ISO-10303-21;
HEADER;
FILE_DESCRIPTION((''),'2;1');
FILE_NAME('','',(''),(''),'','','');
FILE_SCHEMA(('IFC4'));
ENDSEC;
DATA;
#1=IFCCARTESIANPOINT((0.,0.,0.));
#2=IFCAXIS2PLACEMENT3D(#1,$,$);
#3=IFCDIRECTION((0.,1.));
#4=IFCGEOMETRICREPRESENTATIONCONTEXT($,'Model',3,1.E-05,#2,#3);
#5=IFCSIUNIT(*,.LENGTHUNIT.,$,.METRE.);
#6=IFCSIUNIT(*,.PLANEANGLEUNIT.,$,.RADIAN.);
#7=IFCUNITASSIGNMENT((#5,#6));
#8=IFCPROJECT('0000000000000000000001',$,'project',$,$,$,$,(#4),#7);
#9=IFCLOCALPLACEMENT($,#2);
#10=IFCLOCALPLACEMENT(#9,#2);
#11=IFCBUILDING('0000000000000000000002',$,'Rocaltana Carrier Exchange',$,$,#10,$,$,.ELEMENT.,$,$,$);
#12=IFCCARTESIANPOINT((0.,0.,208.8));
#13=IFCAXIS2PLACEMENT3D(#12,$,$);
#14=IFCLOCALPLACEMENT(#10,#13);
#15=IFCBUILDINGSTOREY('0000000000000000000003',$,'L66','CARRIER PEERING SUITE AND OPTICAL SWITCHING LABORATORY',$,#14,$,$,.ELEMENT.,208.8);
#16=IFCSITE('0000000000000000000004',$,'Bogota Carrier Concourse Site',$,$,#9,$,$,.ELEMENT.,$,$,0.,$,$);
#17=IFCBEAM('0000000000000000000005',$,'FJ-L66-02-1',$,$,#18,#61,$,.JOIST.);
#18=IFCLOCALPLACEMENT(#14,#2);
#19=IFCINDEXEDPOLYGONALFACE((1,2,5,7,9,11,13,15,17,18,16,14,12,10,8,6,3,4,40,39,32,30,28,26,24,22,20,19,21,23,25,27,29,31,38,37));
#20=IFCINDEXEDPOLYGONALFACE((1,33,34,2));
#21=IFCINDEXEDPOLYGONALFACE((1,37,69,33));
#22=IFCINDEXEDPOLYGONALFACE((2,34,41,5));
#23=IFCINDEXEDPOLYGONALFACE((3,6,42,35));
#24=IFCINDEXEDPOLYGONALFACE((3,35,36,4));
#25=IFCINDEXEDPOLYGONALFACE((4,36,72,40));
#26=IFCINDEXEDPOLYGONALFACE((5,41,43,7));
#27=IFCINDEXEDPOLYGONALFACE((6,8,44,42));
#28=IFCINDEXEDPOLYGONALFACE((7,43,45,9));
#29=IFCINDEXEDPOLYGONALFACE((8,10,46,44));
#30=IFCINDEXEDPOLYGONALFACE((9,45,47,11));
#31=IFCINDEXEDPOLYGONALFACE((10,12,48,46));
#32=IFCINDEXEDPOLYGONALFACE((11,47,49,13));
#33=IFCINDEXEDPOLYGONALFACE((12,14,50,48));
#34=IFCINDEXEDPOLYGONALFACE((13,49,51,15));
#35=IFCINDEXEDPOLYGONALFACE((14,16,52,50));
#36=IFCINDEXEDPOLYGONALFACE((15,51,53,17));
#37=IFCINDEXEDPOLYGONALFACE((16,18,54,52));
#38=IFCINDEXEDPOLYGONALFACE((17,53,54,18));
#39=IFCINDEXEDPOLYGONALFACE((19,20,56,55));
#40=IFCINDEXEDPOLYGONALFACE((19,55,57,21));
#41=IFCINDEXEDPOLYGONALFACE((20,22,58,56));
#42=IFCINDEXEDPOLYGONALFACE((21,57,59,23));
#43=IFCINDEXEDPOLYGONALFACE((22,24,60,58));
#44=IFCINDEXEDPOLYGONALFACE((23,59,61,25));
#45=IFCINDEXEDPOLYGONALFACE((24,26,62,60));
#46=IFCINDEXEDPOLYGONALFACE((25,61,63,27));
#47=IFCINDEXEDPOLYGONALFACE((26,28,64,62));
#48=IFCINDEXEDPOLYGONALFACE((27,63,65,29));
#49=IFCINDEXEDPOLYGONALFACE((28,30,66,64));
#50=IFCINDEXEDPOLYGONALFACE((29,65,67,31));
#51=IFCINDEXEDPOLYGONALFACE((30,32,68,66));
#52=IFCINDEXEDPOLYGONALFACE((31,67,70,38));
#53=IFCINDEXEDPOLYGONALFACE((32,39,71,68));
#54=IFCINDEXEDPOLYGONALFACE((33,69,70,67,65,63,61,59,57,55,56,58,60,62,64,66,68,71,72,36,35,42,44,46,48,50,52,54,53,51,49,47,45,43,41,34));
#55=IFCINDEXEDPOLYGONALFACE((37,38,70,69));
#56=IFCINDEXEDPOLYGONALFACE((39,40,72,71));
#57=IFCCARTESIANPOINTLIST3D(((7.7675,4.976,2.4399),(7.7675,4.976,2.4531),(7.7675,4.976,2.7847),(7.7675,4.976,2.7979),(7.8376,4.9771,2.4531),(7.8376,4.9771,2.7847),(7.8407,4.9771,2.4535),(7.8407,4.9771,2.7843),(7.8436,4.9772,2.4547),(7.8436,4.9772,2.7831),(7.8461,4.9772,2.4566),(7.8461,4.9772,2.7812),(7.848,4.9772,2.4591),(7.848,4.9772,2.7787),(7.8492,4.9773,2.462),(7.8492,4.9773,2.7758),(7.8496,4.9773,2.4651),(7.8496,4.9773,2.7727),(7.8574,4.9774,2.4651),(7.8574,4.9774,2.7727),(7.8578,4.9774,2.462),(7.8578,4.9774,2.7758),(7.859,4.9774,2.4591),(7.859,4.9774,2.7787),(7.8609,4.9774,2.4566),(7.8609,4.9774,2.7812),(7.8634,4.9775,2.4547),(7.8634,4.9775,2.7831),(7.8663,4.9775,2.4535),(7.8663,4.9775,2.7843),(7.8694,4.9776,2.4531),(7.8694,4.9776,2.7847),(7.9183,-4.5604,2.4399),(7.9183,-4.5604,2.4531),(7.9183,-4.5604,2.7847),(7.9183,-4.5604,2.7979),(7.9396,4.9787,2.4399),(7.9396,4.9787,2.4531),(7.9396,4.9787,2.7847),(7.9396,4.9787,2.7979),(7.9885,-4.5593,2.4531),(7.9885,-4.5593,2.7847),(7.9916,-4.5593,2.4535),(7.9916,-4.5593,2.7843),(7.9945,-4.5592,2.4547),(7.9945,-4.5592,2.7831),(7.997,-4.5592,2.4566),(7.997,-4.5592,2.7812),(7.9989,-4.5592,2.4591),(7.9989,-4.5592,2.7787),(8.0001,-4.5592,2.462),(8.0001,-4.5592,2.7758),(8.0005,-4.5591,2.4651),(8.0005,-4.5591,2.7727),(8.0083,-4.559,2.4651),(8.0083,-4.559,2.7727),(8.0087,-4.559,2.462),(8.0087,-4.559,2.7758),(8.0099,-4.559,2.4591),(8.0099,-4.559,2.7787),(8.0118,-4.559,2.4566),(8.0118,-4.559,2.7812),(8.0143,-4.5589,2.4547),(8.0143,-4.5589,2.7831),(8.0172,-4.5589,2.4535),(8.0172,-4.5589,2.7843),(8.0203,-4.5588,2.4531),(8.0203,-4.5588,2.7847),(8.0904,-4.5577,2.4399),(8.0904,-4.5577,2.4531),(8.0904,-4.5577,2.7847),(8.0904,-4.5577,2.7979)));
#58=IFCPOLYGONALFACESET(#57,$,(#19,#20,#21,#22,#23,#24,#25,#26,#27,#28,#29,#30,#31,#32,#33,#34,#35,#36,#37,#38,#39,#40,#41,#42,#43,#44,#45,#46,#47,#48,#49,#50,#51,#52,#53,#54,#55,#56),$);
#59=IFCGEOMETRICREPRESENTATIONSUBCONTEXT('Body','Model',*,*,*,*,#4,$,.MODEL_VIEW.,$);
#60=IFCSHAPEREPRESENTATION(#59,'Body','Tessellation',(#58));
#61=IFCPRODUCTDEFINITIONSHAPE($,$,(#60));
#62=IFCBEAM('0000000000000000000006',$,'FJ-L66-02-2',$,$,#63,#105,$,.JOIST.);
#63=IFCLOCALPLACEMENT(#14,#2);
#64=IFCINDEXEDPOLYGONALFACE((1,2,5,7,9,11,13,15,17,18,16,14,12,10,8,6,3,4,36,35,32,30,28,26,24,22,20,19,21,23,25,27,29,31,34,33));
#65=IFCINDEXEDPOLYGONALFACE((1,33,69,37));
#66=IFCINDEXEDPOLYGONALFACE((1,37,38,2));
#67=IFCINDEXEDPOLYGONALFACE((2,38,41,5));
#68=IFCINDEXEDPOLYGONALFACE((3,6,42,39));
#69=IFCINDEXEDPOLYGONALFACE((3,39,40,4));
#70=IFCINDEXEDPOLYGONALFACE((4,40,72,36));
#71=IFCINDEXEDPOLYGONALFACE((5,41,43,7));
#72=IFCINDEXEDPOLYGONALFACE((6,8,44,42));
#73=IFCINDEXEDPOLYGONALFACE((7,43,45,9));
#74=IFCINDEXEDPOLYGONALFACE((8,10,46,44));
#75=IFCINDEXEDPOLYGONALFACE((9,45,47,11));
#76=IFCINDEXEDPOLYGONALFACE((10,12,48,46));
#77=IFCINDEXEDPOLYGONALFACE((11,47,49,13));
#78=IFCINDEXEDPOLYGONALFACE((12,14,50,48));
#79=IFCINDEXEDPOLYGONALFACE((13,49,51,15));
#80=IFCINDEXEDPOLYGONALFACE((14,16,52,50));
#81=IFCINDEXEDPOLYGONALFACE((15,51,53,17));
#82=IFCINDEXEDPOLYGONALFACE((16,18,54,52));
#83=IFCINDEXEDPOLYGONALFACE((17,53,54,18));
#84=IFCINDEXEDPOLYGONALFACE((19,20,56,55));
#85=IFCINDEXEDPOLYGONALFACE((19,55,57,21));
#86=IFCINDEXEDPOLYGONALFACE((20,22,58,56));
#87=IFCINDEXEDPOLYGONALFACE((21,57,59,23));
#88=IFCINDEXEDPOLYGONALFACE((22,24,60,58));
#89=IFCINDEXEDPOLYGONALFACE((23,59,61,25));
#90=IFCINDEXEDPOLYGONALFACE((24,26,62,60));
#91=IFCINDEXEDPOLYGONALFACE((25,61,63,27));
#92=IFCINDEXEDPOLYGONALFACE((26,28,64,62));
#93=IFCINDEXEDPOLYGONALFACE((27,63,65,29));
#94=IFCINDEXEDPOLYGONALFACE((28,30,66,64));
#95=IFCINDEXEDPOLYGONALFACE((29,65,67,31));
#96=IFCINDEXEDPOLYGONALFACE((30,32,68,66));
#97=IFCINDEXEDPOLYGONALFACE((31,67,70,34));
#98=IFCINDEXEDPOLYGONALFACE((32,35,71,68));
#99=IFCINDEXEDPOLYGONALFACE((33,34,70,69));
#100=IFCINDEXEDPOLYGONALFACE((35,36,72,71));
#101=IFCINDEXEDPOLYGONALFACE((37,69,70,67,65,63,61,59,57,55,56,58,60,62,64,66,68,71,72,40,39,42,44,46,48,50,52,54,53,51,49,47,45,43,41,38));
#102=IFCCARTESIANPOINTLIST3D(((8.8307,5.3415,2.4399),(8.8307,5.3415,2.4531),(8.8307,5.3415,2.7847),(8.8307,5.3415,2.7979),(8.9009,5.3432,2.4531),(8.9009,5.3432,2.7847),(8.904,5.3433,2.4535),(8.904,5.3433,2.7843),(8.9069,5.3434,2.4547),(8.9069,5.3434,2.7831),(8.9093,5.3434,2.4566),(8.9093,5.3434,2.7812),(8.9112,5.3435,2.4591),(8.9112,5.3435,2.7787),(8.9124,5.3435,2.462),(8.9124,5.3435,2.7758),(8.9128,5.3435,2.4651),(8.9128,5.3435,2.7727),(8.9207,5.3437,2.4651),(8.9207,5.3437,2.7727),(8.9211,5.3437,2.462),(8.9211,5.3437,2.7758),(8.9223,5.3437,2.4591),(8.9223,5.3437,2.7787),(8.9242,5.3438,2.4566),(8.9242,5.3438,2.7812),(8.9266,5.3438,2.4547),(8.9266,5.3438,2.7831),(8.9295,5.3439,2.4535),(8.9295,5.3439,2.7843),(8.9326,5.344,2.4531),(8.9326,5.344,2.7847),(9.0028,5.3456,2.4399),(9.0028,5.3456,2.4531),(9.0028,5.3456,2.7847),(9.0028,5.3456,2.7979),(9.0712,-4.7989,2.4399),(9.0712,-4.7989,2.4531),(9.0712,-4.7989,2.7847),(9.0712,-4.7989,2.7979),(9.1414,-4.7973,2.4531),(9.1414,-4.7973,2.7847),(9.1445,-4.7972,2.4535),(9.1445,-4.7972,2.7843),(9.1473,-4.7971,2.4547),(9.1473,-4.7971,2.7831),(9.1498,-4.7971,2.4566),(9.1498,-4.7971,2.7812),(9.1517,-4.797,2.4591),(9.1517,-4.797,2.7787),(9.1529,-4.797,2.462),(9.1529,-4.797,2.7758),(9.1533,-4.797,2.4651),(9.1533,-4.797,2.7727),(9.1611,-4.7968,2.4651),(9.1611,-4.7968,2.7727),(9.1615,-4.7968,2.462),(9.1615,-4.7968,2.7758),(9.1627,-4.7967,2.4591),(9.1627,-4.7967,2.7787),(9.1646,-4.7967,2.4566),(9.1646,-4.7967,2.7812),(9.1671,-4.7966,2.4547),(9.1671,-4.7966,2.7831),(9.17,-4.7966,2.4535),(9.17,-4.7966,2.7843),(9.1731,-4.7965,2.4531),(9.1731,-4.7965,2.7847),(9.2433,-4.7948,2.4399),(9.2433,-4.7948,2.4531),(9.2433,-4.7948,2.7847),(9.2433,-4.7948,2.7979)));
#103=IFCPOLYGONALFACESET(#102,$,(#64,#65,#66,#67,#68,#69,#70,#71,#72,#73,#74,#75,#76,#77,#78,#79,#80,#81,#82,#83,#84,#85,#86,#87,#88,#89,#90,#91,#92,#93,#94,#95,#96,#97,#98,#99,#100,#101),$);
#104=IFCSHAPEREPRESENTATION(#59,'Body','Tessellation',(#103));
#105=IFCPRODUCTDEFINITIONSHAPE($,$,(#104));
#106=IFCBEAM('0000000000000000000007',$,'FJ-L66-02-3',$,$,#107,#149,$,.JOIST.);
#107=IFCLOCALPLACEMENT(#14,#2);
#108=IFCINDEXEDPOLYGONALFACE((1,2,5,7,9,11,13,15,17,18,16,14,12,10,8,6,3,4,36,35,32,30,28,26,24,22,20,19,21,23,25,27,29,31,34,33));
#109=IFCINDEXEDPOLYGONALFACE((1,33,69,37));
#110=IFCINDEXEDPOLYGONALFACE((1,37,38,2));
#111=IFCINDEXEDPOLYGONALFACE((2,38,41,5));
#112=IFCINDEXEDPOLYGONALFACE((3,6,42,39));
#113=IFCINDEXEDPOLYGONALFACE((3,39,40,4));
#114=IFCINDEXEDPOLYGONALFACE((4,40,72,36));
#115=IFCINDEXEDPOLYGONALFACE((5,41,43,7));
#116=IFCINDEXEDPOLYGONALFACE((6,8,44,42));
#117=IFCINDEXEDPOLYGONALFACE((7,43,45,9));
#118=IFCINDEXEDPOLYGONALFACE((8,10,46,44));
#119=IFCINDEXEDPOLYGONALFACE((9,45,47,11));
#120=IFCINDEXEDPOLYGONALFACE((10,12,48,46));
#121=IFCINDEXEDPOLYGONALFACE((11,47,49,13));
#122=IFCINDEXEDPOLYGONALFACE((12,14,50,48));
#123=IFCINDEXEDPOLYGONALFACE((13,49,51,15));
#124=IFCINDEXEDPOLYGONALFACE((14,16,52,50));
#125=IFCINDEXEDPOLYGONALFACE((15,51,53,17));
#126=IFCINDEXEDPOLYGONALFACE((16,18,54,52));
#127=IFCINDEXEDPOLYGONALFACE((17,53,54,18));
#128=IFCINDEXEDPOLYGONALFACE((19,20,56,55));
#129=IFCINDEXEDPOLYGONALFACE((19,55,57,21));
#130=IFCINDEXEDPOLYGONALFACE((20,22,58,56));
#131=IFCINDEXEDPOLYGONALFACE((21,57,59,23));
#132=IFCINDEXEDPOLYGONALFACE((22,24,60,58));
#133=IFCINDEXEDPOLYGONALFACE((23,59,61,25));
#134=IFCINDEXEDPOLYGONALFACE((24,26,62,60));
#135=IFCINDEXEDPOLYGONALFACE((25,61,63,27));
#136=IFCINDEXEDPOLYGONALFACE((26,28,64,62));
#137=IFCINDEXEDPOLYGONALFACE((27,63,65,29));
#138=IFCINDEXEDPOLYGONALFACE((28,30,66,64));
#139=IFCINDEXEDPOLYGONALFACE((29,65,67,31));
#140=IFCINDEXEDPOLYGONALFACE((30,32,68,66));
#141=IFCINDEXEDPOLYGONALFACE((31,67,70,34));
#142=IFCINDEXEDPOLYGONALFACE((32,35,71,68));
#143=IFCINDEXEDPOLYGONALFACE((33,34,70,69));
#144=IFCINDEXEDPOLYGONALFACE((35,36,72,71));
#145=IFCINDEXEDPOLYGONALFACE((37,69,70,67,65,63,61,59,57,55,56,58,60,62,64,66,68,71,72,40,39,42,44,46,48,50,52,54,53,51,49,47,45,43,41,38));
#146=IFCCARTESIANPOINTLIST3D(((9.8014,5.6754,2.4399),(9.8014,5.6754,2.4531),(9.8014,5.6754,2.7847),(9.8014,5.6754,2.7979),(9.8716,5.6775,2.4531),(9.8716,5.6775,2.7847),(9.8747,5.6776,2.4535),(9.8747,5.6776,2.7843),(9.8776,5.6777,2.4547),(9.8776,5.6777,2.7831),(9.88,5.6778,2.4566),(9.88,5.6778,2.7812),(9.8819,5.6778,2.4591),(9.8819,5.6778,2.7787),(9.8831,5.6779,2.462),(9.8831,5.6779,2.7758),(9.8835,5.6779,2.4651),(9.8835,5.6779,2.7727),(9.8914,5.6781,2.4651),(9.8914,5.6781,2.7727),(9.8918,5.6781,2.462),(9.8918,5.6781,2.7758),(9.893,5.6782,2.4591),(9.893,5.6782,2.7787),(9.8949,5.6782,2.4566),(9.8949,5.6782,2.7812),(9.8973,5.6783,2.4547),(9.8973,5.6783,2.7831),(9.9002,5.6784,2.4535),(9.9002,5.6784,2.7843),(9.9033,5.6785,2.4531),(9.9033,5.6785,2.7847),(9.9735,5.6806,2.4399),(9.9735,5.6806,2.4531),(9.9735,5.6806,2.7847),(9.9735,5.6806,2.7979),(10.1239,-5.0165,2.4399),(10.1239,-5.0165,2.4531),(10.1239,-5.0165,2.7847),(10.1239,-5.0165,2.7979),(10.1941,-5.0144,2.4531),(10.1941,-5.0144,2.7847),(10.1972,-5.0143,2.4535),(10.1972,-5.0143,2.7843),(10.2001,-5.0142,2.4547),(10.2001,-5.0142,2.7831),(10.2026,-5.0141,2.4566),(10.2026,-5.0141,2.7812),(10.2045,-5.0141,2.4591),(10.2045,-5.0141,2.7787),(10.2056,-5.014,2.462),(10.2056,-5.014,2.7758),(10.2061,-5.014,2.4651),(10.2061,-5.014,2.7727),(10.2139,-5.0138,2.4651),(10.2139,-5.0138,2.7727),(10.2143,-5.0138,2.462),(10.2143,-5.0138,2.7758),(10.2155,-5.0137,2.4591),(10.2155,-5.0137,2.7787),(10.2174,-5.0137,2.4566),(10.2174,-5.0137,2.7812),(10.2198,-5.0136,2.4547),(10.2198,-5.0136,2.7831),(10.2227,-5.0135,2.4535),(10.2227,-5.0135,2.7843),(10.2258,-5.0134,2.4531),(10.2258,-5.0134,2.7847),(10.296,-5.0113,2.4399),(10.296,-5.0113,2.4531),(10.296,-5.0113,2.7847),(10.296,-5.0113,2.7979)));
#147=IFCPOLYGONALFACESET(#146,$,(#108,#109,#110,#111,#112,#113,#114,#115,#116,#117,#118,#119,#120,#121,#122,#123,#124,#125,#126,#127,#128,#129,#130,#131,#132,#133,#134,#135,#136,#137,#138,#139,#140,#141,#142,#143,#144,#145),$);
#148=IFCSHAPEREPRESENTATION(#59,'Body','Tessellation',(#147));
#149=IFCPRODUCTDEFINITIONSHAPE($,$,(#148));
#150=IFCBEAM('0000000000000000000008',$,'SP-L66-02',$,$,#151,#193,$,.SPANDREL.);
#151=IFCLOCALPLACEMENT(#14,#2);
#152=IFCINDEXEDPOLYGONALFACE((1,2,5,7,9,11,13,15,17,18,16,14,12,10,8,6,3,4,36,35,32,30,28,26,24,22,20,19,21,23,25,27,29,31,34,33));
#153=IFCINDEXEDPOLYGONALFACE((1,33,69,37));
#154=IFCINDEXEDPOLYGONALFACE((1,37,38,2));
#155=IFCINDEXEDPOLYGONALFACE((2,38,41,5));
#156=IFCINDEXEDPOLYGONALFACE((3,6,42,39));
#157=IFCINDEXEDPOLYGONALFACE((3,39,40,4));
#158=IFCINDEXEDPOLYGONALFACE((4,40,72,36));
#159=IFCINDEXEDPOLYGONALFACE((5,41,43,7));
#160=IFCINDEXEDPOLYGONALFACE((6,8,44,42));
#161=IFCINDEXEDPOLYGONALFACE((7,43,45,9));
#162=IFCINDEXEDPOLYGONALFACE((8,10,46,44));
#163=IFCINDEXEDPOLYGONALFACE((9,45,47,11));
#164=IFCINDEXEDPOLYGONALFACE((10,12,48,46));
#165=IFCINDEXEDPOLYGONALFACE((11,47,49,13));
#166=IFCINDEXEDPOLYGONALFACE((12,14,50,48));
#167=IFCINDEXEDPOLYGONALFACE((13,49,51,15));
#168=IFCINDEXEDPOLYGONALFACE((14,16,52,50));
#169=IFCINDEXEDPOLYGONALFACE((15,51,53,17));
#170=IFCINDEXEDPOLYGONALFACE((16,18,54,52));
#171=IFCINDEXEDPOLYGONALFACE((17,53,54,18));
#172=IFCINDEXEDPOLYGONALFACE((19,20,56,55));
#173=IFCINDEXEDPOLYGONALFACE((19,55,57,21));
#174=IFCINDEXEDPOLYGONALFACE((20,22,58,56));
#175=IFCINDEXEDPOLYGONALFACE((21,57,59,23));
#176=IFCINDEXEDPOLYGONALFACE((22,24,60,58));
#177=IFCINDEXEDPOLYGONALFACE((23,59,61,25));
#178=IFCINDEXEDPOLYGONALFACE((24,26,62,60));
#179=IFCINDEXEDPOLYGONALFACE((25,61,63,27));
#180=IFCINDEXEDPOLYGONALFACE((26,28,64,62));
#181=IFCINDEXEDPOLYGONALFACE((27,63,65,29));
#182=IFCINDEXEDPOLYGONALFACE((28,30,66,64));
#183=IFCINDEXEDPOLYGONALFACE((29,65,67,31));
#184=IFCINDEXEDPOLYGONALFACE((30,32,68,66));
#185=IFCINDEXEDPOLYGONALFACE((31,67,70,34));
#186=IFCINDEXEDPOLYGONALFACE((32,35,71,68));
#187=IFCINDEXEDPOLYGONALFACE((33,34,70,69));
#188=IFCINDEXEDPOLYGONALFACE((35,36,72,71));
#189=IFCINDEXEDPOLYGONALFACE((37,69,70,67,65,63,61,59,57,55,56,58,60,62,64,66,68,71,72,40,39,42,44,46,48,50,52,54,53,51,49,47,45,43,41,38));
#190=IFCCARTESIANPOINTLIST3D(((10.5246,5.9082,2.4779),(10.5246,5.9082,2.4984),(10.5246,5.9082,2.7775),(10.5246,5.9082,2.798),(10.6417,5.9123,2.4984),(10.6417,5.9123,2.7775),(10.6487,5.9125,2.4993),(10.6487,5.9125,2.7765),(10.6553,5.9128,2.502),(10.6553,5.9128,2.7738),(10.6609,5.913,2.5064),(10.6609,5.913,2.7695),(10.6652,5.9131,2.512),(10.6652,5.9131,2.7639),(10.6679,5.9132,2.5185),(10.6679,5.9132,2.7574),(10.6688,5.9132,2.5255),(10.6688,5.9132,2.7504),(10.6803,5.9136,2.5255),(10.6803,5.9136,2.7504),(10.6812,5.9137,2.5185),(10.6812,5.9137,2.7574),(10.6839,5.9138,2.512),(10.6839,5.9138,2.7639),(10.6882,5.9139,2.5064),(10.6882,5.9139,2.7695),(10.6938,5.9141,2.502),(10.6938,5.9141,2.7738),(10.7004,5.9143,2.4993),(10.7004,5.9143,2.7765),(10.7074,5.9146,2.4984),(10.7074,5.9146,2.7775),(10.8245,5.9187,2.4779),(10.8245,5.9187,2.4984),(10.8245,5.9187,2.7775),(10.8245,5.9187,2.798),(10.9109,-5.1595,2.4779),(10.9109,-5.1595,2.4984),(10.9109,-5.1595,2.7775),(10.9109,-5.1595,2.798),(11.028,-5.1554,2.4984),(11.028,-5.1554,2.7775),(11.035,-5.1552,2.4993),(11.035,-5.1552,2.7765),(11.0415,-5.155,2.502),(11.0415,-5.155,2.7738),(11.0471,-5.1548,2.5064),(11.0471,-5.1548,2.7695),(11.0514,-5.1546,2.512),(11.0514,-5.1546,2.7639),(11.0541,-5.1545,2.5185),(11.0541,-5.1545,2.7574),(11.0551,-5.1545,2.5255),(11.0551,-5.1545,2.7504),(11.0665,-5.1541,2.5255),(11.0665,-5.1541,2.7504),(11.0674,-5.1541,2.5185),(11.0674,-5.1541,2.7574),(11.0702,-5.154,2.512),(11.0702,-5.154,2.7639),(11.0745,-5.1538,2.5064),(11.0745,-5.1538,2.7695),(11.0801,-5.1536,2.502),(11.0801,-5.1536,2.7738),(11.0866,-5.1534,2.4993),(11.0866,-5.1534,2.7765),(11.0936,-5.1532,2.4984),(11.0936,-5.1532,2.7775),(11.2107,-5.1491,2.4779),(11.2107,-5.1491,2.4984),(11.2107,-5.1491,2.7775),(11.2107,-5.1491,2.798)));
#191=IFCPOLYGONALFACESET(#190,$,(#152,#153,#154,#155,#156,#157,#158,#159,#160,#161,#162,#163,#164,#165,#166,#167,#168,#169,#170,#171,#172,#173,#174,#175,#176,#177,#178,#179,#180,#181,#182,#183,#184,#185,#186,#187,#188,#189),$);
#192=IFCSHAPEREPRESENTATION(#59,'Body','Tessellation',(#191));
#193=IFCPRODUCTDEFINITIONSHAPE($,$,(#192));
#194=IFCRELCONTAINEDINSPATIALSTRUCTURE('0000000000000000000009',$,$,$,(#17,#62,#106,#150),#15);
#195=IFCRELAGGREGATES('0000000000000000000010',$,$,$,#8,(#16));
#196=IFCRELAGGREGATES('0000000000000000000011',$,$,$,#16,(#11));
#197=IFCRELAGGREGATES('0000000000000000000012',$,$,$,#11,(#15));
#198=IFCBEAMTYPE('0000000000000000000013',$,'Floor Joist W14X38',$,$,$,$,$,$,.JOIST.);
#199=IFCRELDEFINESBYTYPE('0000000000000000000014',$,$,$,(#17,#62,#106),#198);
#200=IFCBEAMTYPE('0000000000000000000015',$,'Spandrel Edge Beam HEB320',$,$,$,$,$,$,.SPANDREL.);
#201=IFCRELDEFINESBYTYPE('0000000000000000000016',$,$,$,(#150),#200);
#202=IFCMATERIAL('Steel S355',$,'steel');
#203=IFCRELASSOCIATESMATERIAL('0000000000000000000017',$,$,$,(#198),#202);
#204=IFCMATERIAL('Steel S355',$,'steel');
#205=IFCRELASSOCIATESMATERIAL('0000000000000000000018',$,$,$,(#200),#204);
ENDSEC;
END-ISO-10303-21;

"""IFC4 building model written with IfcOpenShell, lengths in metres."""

from ifc_helpers import new_model, si_unit, direction, frame, origin, origin_2d, place, context, subcontext, project, spatial, i_section, extrude, material, material_profile, profile_set, type_object, element, save


model = new_model("IFC4")

# Units and contexts
model_context = context("Model", 3, precision=1e-05, world=origin(), true_north=direction((0.0, 1.0)))
body_context = subcontext(model_context, "Body", "Model", "MODEL_VIEW")
ifc_project = project(units=[si_unit("LENGTHUNIT", "METRE"), si_unit("PLANEANGLEUNIT", "RADIAN")], contexts=[model_context])

# Site, building, storey
site_placement = place(None, origin())
site = spatial("IfcSite", under=ifc_project, at=site_placement, Name="Bogota Carrier Concourse Site", CompositionType="ELEMENT", RefElevation=0.0)
building_placement = place(site_placement, origin())
building = spatial("IfcBuilding", under=site, at=building_placement, Name="Rocaltana Carrier Exchange", CompositionType="ELEMENT")
storey_placement = place(building_placement, frame((0.0, 0.0, 208.8)))
storey = spatial("IfcBuildingStorey", under=building, at=storey_placement, Name="L66", Description="CARRIER PEERING SUITE AND OPTICAL SWITCHING LABORATORY", CompositionType="ELEMENT", Elevation=208.8)

# Beams
ifc_material_1 = material(Name="Steel S355", Category="steel")
ifc_material_profile_1 = material_profile(ifc_material_1, i_section(OverallWidth=0.1721, OverallDepth=0.3579, WebThickness=0.0078, FlangeThickness=0.0132, FilletRadius=0.012, at=origin_2d()), Name="W14X38")
ifc_profile_set_1 = profile_set([ifc_material_profile_1], Name="Steel S355")
beam_type_1 = type_object("IfcBeamType", Name="Floor Joist W14X38", PredefinedType="JOIST", material=ifc_profile_set_1)
beam_1_placement = place(storey_placement, frame((8.0044, -4.5591, 2.6189), z_axis=(-0.015819, 0.999875, 0.0), x_axis=(-0.999875, -0.015819, 0.0)))
element("IfcBeam", 1, at=beam_1_placement, inside=storey, type_object=beam_type_1, Name="FJ-L66-02-1", PredefinedType="JOIST", context=body_context, shape_type="SweptSolid", body=[
    extrude(i_section(OverallWidth=0.1721, OverallDepth=0.3579, WebThickness=0.0078, FlangeThickness=0.0132, FilletRadius=0.012, at=origin_2d()), origin(), (0.0, 0.0, 1.0), 9.5376),
])
beam_2_placement = place(storey_placement, frame((9.1572, -4.7969, 2.6189), z_axis=(-0.023708, 0.999719, 0.0), x_axis=(-0.999719, -0.023708, 0.0)))
element("IfcBeam", 2, at=beam_2_placement, inside=storey, type_object=beam_type_1, Name="FJ-L66-02-2", PredefinedType="JOIST", context=body_context, shape_type="SweptSolid", body=[
    extrude(i_section(OverallWidth=0.1721, OverallDepth=0.3579, WebThickness=0.0078, FlangeThickness=0.0132, FilletRadius=0.012, at=origin_2d()), origin(), (0.0, 0.0, 1.0), 10.1433),
])
beam_3_placement = place(storey_placement, frame((10.21, -5.0139, 2.6189), z_axis=(-0.03015, 0.999545, 0.0), x_axis=(-0.999545, -0.03015, 0.0)))
element("IfcBeam", 3, at=beam_3_placement, inside=storey, type_object=beam_type_1, Name="FJ-L66-02-3", PredefinedType="JOIST", context=body_context, shape_type="SweptSolid", body=[
    extrude(i_section(OverallWidth=0.1721, OverallDepth=0.3579, WebThickness=0.0078, FlangeThickness=0.0132, FilletRadius=0.012, at=origin_2d()), origin(), (0.0, 0.0, 1.0), 10.6968),
])
ifc_material_2 = material(Name="Steel S355", Category="steel")
ifc_material_profile_2 = material_profile(ifc_material_2, i_section(OverallWidth=0.3, OverallDepth=0.3201, WebThickness=0.0115, FlangeThickness=0.0205, FilletRadius=0.0271, at=origin_2d()), Name="HEB320")
ifc_profile_set_2 = profile_set([ifc_material_profile_2], Name="Steel S355")
beam_type_2 = type_object("IfcBeamType", Name="Spandrel Edge Beam HEB320", PredefinedType="SPANDREL", material=ifc_profile_set_2)
beam_4_placement = place(storey_placement, frame((11.0608, -5.1543, 2.6379), z_axis=(-0.034876, 0.999392, 0.0), x_axis=(-0.999392, -0.034876, 0.0)))
element("IfcBeam", 4, at=beam_4_placement, inside=storey, type_object=beam_type_2, Name="SP-L66-02", PredefinedType="SPANDREL", context=body_context, shape_type="SweptSolid", body=[
    extrude(i_section(OverallWidth=0.3, OverallDepth=0.3201, WebThickness=0.0115, FlangeThickness=0.0205, FilletRadius=0.0271, at=origin_2d()), origin(), (0.0, 0.0, 1.0), 11.0745),
])

save(model, "model.ifc")
